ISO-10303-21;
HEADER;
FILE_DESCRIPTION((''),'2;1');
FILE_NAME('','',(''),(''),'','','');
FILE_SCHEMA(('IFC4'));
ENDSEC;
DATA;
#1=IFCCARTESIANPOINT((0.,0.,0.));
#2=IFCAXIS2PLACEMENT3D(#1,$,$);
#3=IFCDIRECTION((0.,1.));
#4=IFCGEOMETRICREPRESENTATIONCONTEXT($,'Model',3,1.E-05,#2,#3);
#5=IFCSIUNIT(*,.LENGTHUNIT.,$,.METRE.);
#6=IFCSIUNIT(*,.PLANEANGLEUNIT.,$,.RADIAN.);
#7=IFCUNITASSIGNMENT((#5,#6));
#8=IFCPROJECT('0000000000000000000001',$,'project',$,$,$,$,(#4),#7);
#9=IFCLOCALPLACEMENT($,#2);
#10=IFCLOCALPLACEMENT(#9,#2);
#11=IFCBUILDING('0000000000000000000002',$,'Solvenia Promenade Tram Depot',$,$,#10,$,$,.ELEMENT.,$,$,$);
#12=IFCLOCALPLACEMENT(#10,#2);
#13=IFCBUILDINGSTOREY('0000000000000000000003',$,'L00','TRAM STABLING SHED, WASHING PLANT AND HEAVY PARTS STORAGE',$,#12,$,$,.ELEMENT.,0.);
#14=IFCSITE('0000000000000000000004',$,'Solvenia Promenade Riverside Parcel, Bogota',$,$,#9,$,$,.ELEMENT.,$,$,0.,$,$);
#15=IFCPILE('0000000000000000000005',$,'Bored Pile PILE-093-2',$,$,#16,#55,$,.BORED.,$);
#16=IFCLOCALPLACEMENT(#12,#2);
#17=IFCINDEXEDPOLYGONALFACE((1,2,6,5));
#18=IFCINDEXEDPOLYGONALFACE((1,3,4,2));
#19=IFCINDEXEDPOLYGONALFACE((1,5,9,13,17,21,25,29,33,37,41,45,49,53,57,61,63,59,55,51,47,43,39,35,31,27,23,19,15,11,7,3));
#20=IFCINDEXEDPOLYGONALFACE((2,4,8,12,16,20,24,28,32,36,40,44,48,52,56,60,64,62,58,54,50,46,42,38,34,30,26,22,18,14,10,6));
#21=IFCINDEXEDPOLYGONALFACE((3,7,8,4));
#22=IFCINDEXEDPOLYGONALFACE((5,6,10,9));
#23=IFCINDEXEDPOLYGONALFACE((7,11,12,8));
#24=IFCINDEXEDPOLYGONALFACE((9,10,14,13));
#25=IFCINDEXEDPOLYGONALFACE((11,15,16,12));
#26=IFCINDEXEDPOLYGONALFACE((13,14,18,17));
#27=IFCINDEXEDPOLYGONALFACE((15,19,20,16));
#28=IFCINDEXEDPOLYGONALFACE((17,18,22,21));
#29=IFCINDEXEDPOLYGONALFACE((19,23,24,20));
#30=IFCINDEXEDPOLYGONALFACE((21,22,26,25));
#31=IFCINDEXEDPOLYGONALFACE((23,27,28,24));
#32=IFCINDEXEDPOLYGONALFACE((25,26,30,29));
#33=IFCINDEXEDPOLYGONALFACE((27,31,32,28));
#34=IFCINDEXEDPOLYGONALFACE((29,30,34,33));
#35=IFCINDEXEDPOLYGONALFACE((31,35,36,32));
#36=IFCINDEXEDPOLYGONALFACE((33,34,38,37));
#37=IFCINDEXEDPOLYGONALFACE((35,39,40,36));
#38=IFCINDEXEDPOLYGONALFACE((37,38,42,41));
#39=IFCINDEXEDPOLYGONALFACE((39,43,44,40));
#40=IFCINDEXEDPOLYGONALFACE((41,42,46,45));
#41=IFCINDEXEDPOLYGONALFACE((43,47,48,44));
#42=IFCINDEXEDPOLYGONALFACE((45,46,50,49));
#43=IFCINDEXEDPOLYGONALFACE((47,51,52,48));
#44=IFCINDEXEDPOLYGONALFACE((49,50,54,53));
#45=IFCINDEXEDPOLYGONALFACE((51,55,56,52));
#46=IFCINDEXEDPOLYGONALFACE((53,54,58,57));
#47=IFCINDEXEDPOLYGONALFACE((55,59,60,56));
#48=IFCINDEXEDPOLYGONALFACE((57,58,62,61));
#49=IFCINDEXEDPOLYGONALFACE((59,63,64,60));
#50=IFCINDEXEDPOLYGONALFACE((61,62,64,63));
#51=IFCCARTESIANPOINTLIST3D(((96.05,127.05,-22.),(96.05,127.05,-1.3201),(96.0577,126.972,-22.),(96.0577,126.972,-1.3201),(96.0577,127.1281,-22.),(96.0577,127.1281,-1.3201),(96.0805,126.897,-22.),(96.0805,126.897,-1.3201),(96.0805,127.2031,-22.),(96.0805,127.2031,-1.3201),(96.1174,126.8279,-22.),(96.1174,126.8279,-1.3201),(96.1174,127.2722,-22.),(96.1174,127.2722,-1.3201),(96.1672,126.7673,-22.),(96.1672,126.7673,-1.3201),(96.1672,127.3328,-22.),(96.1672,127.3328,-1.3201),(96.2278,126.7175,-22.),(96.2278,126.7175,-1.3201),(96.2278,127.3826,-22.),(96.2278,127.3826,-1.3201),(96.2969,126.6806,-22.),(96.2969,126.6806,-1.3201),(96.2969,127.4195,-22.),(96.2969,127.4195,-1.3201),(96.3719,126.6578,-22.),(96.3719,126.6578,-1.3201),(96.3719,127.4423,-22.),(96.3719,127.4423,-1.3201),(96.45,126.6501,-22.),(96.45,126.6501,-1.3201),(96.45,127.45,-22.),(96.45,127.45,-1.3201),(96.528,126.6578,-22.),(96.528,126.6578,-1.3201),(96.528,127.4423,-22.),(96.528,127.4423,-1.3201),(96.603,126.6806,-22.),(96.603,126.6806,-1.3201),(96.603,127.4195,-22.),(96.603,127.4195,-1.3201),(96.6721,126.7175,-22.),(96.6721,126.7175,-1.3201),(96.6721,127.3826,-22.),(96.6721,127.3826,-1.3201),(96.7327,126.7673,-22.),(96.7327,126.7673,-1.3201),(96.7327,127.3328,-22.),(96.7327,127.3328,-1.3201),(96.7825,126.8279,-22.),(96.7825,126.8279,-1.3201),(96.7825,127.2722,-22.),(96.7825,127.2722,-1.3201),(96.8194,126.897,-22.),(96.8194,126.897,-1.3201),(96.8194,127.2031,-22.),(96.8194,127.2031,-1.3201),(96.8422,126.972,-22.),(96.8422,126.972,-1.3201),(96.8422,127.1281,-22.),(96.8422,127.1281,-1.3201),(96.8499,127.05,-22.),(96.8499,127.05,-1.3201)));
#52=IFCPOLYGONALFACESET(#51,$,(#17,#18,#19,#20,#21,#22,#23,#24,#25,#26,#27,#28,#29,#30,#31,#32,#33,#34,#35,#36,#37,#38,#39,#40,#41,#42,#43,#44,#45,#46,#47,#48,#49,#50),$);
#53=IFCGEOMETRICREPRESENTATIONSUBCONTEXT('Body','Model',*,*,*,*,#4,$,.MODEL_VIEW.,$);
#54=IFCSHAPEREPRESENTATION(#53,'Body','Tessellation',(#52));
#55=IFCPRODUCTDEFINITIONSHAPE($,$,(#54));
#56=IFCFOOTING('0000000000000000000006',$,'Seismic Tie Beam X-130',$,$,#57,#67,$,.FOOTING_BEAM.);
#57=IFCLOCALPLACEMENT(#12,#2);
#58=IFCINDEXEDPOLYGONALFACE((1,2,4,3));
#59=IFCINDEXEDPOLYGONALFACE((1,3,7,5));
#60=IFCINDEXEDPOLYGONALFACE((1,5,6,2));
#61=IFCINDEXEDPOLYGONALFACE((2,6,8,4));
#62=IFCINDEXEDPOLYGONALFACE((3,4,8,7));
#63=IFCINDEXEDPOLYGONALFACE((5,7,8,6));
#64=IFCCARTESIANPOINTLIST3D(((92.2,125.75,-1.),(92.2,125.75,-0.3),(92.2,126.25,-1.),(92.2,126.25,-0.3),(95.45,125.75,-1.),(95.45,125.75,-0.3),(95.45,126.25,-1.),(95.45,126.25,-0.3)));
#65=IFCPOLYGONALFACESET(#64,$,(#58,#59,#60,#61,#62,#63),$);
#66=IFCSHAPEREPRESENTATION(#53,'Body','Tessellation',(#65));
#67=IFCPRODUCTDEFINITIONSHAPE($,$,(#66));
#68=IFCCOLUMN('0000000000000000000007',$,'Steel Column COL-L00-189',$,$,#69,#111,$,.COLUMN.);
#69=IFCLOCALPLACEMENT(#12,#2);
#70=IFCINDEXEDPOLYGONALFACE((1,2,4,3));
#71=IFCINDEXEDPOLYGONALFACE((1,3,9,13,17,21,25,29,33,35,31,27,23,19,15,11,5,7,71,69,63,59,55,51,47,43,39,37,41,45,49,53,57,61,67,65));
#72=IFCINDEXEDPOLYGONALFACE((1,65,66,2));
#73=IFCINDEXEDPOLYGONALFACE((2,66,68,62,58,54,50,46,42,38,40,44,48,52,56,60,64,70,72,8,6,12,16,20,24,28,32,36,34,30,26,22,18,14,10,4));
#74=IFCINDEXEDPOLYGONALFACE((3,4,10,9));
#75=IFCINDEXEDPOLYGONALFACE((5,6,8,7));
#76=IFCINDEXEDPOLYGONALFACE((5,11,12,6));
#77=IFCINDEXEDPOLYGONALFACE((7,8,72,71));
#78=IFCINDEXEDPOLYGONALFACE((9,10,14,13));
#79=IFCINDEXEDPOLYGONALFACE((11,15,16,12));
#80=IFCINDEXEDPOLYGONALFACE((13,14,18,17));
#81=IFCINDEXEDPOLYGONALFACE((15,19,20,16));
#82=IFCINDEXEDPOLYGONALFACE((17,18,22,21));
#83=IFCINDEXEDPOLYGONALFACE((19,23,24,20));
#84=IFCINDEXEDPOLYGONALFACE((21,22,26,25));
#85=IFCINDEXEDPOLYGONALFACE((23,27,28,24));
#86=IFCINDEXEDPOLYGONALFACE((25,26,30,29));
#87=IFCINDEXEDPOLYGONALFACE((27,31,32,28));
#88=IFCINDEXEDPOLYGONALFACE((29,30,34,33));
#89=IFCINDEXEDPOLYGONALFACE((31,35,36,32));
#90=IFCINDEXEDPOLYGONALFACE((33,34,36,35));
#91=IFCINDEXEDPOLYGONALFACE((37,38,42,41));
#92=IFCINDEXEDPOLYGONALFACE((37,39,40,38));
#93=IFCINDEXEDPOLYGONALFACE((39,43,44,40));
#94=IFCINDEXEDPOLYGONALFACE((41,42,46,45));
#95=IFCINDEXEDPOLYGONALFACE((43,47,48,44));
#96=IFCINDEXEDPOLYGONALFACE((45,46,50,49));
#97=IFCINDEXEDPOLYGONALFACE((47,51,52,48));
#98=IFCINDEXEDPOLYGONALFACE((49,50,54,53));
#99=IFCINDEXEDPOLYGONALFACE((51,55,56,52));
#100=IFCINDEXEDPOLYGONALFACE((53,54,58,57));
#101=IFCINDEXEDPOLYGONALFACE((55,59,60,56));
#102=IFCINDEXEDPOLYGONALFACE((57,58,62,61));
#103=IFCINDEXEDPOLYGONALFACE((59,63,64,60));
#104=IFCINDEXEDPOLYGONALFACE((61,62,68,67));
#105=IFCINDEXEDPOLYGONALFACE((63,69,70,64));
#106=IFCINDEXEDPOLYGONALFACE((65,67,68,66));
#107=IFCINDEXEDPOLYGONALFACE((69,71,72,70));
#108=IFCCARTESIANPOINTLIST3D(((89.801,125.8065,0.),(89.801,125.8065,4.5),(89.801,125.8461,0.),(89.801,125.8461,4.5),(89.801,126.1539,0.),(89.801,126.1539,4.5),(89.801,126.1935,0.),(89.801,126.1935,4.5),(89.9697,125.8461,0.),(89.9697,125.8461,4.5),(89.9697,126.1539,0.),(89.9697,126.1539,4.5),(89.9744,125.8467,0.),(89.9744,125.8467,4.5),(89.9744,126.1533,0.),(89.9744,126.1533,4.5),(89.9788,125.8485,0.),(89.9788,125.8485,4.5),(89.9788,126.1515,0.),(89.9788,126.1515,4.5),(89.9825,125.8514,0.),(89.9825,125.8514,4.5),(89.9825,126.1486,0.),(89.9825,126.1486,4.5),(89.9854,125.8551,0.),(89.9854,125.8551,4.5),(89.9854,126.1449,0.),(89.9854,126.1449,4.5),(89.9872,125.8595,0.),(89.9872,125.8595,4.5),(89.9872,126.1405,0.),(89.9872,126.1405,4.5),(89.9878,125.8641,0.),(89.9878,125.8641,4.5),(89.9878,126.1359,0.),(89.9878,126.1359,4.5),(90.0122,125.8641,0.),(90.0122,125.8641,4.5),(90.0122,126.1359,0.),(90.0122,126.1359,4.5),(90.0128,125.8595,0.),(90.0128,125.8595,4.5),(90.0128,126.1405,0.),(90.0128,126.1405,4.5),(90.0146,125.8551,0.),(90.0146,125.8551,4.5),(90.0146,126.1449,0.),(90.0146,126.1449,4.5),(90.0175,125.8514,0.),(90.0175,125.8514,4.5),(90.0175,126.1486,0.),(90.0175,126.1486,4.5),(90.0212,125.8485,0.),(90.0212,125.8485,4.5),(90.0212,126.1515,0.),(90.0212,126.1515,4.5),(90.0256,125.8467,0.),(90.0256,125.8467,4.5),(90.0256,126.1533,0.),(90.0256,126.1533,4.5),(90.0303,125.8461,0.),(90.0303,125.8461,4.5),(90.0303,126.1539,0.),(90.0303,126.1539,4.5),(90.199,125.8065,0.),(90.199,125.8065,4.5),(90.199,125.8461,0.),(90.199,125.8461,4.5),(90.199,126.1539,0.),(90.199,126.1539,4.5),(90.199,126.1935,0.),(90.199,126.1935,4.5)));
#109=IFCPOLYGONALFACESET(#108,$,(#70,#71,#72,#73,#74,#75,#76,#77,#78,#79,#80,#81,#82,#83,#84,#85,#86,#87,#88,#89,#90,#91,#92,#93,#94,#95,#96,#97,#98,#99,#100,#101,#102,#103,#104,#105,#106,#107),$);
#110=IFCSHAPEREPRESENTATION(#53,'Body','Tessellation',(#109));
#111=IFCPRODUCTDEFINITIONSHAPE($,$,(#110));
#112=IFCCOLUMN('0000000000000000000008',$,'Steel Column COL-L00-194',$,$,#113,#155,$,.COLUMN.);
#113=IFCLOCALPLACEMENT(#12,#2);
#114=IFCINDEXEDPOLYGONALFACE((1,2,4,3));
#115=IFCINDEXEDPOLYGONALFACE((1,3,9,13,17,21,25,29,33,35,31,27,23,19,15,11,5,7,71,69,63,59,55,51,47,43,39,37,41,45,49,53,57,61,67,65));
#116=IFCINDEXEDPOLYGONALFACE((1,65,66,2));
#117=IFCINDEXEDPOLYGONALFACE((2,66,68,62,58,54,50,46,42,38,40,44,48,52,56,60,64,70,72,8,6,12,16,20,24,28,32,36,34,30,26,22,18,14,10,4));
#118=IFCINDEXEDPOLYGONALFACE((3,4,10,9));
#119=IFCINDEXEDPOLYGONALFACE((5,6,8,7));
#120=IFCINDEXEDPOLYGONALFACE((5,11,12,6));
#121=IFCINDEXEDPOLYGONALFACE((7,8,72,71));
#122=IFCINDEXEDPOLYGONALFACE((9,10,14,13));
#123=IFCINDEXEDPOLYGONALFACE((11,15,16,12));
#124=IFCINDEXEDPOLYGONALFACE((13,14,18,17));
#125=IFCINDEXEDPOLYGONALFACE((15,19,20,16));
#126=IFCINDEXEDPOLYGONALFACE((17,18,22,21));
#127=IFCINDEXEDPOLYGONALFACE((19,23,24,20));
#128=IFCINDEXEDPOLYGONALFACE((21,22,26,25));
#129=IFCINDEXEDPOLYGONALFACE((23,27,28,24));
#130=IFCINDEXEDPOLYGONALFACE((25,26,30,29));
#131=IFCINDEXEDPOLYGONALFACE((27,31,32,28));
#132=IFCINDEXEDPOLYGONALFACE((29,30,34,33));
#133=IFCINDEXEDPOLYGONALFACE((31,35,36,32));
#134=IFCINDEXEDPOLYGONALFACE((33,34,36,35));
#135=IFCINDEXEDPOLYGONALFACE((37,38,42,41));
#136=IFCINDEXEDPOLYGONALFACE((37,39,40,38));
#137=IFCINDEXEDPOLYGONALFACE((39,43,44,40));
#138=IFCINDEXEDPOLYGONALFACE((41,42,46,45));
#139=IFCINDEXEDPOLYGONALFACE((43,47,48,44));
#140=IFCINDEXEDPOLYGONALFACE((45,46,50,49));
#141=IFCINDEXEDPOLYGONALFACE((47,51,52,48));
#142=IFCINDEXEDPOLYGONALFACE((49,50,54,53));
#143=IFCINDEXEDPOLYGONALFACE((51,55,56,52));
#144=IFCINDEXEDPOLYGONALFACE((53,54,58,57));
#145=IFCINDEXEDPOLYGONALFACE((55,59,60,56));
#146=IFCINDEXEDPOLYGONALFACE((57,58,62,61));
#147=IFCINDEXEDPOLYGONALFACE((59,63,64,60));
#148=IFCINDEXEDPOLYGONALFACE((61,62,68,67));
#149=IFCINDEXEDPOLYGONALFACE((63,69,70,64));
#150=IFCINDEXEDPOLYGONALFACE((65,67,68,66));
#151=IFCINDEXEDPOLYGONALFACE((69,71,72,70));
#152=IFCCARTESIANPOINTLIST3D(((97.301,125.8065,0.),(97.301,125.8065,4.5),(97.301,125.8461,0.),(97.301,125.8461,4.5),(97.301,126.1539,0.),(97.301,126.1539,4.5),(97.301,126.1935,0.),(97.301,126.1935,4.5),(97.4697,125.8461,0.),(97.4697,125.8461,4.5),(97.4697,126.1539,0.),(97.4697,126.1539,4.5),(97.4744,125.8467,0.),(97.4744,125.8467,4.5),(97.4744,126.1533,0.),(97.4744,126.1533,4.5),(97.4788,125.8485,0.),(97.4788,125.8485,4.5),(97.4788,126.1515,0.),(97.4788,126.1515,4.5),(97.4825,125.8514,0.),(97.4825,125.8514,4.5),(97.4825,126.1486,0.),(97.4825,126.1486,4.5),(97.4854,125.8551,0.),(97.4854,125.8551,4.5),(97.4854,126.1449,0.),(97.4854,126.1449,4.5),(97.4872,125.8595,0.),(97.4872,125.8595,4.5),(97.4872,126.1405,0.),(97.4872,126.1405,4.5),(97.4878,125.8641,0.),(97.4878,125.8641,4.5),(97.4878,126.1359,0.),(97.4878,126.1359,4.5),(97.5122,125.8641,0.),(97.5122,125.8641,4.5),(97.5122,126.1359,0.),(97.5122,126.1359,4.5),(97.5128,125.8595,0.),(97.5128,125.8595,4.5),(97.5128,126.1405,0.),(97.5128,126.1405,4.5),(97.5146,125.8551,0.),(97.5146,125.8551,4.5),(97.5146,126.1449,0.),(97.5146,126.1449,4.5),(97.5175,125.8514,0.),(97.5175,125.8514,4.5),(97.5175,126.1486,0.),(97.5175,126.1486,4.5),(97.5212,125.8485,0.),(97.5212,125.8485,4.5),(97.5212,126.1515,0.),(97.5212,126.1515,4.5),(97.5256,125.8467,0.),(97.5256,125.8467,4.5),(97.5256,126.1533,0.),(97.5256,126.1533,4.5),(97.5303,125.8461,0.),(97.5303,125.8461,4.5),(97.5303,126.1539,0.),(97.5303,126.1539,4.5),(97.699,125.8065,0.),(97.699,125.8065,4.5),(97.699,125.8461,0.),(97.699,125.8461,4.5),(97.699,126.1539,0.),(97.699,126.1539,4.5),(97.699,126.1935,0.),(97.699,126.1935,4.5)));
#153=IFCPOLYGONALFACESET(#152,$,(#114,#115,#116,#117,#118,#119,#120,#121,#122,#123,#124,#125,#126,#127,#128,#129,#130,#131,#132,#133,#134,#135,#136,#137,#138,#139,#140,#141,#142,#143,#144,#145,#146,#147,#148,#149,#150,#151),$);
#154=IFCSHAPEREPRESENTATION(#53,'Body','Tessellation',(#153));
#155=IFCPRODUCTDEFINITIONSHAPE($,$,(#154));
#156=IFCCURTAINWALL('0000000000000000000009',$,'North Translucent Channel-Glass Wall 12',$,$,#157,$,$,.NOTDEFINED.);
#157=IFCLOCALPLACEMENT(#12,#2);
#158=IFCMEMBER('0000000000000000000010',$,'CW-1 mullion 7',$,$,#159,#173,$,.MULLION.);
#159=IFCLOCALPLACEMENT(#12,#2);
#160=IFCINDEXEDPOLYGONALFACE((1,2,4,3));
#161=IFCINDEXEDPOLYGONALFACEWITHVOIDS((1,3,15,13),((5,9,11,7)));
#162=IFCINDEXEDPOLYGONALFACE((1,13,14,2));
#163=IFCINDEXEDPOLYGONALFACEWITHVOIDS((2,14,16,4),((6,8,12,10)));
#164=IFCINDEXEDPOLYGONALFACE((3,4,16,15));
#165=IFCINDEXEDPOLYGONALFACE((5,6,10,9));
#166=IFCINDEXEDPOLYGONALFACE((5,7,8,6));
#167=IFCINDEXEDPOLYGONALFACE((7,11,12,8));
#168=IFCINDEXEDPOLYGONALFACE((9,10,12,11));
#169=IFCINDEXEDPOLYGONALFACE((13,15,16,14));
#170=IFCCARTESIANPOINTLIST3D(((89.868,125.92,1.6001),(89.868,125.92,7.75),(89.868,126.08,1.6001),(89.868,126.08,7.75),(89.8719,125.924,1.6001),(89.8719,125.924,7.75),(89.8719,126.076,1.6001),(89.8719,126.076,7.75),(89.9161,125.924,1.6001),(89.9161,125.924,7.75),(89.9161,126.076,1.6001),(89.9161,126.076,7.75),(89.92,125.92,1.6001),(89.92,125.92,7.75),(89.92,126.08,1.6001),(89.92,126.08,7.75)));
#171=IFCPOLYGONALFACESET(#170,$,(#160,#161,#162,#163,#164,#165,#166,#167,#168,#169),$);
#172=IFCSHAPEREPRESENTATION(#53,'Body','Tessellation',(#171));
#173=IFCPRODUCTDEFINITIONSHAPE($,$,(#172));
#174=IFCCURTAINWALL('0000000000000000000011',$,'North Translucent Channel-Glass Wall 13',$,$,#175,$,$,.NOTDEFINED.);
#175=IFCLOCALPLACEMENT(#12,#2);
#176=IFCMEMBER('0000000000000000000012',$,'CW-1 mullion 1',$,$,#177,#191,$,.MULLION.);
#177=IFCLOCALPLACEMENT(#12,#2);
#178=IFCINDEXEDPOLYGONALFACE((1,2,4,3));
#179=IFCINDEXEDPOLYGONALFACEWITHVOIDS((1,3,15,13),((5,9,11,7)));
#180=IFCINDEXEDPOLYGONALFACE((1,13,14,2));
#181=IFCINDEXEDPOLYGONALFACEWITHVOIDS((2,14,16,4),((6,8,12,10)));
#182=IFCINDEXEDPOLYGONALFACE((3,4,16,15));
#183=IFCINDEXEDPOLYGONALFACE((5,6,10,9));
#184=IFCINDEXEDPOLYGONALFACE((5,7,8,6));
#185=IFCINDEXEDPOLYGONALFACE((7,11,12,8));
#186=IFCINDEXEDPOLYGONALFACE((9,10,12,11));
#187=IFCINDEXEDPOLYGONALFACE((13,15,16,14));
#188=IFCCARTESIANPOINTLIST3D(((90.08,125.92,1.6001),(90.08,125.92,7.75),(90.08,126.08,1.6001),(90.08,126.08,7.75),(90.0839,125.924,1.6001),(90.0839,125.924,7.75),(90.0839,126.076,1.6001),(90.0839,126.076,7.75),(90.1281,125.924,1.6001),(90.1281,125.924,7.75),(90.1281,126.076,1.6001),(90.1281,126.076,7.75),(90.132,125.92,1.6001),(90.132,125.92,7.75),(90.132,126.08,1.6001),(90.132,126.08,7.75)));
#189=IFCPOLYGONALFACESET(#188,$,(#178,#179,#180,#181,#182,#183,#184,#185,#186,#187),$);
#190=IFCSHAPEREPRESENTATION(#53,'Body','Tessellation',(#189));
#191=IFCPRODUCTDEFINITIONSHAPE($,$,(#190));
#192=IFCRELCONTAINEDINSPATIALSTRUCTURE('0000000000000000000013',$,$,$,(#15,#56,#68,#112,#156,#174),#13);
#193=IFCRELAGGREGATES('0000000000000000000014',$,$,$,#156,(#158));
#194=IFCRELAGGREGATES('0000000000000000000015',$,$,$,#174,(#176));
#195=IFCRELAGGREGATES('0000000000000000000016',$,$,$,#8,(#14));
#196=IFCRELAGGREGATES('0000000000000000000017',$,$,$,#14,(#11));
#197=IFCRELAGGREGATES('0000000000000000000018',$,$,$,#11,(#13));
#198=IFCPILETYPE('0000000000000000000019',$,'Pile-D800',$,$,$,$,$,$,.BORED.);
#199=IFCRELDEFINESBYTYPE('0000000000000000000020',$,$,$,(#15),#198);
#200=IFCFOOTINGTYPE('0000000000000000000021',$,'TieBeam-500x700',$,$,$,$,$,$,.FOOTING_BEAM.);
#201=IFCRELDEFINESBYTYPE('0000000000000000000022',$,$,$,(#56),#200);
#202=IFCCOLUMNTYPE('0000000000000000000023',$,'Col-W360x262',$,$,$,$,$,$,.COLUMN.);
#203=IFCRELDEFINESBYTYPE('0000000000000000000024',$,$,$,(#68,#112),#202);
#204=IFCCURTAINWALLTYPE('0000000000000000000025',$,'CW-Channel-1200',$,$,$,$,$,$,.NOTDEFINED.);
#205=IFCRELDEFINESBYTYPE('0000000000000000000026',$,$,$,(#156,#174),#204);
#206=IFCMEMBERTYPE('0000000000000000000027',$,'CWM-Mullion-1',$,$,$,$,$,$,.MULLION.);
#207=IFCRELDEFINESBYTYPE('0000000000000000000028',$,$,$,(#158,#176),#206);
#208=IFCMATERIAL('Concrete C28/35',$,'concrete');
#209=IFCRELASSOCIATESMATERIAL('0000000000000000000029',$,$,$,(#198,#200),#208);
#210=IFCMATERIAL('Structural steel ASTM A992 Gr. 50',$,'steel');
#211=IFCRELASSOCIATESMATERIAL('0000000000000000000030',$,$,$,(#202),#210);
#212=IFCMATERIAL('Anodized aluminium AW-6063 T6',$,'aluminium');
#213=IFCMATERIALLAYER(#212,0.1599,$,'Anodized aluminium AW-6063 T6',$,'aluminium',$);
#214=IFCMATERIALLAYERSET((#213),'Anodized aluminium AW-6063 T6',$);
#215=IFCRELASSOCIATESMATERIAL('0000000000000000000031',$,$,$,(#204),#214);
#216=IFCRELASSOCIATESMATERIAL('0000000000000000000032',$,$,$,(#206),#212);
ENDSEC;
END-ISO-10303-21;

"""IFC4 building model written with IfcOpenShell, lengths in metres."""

from ifc_helpers import new_model, si_unit, direction, frame, origin, origin_2d, place, context, subcontext, project, spatial, rectangle, hollow_rectangle, circle, i_section, extrude, material, layer, layer_set, material_profile, profile_set, type_object, element, aggregate, save


model = new_model("IFC4")

# Units and contexts
model_context = context("Model", 3, precision=1e-05, world=origin(), true_north=direction((0.0, 1.0)))
body_context = subcontext(model_context, "Body", "Model", "MODEL_VIEW")
ifc_project = project(units=[si_unit("LENGTHUNIT", "METRE"), si_unit("PLANEANGLEUNIT", "RADIAN")], contexts=[model_context])

# Site, building, storey
site_placement = place(None, origin())
site = spatial("IfcSite", under=ifc_project, at=site_placement, Name="Solvenia Promenade Riverside Parcel, Bogota", CompositionType="ELEMENT", RefElevation=0.0)
building_placement = place(site_placement, origin())
building = spatial("IfcBuilding", under=site, at=building_placement, Name="Solvenia Promenade Tram Depot", CompositionType="ELEMENT")
storey_placement = place(building_placement, origin())
storey = spatial("IfcBuildingStorey", under=building, at=storey_placement, Name="L00", Description="TRAM STABLING SHED, WASHING PLANT AND HEAVY PARTS STORAGE", CompositionType="ELEMENT", Elevation=0.0)

# Shared definitions
ifc_material_1 = material(Name="Concrete C28/35", Category="concrete")

# Pile
ifc_material_profile_1 = material_profile(ifc_material_1, circle(Radius=0.3999, at=origin_2d()), Name="D800", Category="concrete")
ifc_profile_set_1 = profile_set([ifc_material_profile_1], Name="Concrete C28/35")
pile_type_1 = type_object("IfcPileType", Name="Pile-D800", PredefinedType="BORED", material=ifc_profile_set_1)
for number, where, z_axis, x_axis, name in (
    (1, (96.45, 127.05, -1.3201), (0.0, 0.0, -1.0), (1.0, 0.0, 0.0), "Bored Pile PILE-093-2"),
):
    element("IfcPile", number, at=place(storey_placement, frame(where, z_axis=z_axis, x_axis=x_axis)), inside=storey, type_object=pile_type_1, Name=name, PredefinedType="BORED", context=body_context, shape_type="SweptSolid", body=[
        extrude(circle(Radius=0.3999, at=origin_2d()), origin(), (0.0, 0.0, 1.0), 20.6799),
    ])

# Footing
footing_type_1 = type_object("IfcFootingType", Name="TieBeam-500x700", PredefinedType="FOOTING_BEAM", material=ifc_material_1)
footing_1_placement = place(storey_placement, frame((93.825, 126.0, -1.0), z_axis=(0.0, 0.0, 1.0), x_axis=(1.0, 0.0, 0.0)))
element("IfcFooting", 2, at=footing_1_placement, inside=storey, type_object=footing_type_1, Name="Seismic Tie Beam X-130", PredefinedType="FOOTING_BEAM", context=body_context, shape_type="SweptSolid", body=[
    extrude(rectangle(XDim=3.25, YDim=0.5, at=origin_2d()), origin(), (0.0, 0.0, 1.0), 0.7),
])

# Columns
ifc_material_2 = material(Name="Structural steel ASTM A992 Gr. 50", Category="steel")
ifc_material_profile_2 = material_profile(ifc_material_2, i_section(OverallWidth=0.3979, OverallDepth=0.387, WebThickness=0.0244, FlangeThickness=0.0396, FilletRadius=0.0181, at=origin_2d()), Name="W360x262", Category="steel")
ifc_profile_set_2 = profile_set([ifc_material_profile_2], Name="Structural steel ASTM A992 Gr. 50")
column_type = type_object("IfcColumnType", Name="Col-W360x262", PredefinedType="COLUMN", material=ifc_profile_set_2)
for number, where, z_axis, x_axis, name in (
    (3, (90.0, 126.0, 0.0), (0.0, 0.0, 1.0), (1.0, 0.0, 0.0), "Steel Column COL-L00-189"),
    (4, (97.5, 126.0, 0.0), (0.0, 0.0, 1.0), (1.0, 0.0, 0.0), "Steel Column COL-L00-194"),
):
    element("IfcColumn", number, at=place(storey_placement, frame(where, z_axis=z_axis, x_axis=x_axis)), inside=storey, type_object=column_type, Name=name, PredefinedType="COLUMN", context=body_context, shape_type="SweptSolid", body=[
        extrude(i_section(OverallWidth=0.3979, OverallDepth=0.387, WebThickness=0.0244, FlangeThickness=0.0396, FilletRadius=0.0181, at=origin_2d()), origin(), (0.0, 0.0, 1.0), 4.5),
    ])

# Curtain wall, member
ifc_material_3 = material(Name="Anodized aluminium AW-6063 T6", Category="aluminium")
ifc_layer_1 = layer(ifc_material_3, 0.1599, Name="Anodized aluminium AW-6063 T6", Category="aluminium")
ifc_layer_set_1 = layer_set([ifc_layer_1], Name="Anodized aluminium AW-6063 T6")
curtain_wall_type = type_object("IfcCurtainWallType", Name="CW-Channel-1200", PredefinedType="NOTDEFINED", material=ifc_layer_set_1)
curtain_wall_1_placement = place(storey_placement, origin())
curtain_wall_1 = element("IfcCurtainWall", 5, at=curtain_wall_1_placement, inside=storey, type_object=curtain_wall_type, Name="North Translucent Channel-Glass Wall 12", PredefinedType="NOTDEFINED")
ifc_material_profile_3 = material_profile(ifc_material_3, hollow_rectangle(XDim=0.1599, YDim=0.052, WallThickness=0.0039, at=origin_2d()), Name="ALU-M1", Category="aluminium")
ifc_profile_set_3 = profile_set([ifc_material_profile_3], Name="Anodized aluminium AW-6063 T6")
member_type_1 = type_object("IfcMemberType", Name="CWM-Mullion-1", PredefinedType="MULLION", material=ifc_profile_set_3)
member_1_placement = place(storey_placement, frame((89.894, 126.0, 1.6001), z_axis=(0.0, 0.0, 1.0), x_axis=(0.0, 1.0, 0.0)))
member_1 = element("IfcMember", 6, at=member_1_placement, type_object=member_type_1, Name="CW-1 mullion 7", PredefinedType="MULLION", context=body_context, shape_type="SweptSolid", body=[
    extrude(hollow_rectangle(XDim=0.1599, YDim=0.052, WallThickness=0.0039, at=origin_2d()), origin(), (0.0, 0.0, 1.0), 6.1499),
])
aggregate(curtain_wall_1, [member_1])

# Curtain wall, member
curtain_wall_2_placement = place(storey_placement, origin())
curtain_wall_2 = element("IfcCurtainWall", 7, at=curtain_wall_2_placement, inside=storey, type_object=curtain_wall_type, Name="North Translucent Channel-Glass Wall 13", PredefinedType="NOTDEFINED")
member_2_placement = place(storey_placement, frame((90.106, 126.0, 1.6001), z_axis=(0.0, 0.0, 1.0), x_axis=(0.0, 1.0, 0.0)))
member_2 = element("IfcMember", 8, at=member_2_placement, type_object=member_type_1, Name="CW-1 mullion 1", PredefinedType="MULLION", context=body_context, shape_type="SweptSolid", body=[
    extrude(hollow_rectangle(XDim=0.1599, YDim=0.052, WallThickness=0.0039, at=origin_2d()), origin(), (0.0, 0.0, 1.0), 6.1499),
])

aggregate(curtain_wall_2, [member_2])

save(model, "model.ifc")
